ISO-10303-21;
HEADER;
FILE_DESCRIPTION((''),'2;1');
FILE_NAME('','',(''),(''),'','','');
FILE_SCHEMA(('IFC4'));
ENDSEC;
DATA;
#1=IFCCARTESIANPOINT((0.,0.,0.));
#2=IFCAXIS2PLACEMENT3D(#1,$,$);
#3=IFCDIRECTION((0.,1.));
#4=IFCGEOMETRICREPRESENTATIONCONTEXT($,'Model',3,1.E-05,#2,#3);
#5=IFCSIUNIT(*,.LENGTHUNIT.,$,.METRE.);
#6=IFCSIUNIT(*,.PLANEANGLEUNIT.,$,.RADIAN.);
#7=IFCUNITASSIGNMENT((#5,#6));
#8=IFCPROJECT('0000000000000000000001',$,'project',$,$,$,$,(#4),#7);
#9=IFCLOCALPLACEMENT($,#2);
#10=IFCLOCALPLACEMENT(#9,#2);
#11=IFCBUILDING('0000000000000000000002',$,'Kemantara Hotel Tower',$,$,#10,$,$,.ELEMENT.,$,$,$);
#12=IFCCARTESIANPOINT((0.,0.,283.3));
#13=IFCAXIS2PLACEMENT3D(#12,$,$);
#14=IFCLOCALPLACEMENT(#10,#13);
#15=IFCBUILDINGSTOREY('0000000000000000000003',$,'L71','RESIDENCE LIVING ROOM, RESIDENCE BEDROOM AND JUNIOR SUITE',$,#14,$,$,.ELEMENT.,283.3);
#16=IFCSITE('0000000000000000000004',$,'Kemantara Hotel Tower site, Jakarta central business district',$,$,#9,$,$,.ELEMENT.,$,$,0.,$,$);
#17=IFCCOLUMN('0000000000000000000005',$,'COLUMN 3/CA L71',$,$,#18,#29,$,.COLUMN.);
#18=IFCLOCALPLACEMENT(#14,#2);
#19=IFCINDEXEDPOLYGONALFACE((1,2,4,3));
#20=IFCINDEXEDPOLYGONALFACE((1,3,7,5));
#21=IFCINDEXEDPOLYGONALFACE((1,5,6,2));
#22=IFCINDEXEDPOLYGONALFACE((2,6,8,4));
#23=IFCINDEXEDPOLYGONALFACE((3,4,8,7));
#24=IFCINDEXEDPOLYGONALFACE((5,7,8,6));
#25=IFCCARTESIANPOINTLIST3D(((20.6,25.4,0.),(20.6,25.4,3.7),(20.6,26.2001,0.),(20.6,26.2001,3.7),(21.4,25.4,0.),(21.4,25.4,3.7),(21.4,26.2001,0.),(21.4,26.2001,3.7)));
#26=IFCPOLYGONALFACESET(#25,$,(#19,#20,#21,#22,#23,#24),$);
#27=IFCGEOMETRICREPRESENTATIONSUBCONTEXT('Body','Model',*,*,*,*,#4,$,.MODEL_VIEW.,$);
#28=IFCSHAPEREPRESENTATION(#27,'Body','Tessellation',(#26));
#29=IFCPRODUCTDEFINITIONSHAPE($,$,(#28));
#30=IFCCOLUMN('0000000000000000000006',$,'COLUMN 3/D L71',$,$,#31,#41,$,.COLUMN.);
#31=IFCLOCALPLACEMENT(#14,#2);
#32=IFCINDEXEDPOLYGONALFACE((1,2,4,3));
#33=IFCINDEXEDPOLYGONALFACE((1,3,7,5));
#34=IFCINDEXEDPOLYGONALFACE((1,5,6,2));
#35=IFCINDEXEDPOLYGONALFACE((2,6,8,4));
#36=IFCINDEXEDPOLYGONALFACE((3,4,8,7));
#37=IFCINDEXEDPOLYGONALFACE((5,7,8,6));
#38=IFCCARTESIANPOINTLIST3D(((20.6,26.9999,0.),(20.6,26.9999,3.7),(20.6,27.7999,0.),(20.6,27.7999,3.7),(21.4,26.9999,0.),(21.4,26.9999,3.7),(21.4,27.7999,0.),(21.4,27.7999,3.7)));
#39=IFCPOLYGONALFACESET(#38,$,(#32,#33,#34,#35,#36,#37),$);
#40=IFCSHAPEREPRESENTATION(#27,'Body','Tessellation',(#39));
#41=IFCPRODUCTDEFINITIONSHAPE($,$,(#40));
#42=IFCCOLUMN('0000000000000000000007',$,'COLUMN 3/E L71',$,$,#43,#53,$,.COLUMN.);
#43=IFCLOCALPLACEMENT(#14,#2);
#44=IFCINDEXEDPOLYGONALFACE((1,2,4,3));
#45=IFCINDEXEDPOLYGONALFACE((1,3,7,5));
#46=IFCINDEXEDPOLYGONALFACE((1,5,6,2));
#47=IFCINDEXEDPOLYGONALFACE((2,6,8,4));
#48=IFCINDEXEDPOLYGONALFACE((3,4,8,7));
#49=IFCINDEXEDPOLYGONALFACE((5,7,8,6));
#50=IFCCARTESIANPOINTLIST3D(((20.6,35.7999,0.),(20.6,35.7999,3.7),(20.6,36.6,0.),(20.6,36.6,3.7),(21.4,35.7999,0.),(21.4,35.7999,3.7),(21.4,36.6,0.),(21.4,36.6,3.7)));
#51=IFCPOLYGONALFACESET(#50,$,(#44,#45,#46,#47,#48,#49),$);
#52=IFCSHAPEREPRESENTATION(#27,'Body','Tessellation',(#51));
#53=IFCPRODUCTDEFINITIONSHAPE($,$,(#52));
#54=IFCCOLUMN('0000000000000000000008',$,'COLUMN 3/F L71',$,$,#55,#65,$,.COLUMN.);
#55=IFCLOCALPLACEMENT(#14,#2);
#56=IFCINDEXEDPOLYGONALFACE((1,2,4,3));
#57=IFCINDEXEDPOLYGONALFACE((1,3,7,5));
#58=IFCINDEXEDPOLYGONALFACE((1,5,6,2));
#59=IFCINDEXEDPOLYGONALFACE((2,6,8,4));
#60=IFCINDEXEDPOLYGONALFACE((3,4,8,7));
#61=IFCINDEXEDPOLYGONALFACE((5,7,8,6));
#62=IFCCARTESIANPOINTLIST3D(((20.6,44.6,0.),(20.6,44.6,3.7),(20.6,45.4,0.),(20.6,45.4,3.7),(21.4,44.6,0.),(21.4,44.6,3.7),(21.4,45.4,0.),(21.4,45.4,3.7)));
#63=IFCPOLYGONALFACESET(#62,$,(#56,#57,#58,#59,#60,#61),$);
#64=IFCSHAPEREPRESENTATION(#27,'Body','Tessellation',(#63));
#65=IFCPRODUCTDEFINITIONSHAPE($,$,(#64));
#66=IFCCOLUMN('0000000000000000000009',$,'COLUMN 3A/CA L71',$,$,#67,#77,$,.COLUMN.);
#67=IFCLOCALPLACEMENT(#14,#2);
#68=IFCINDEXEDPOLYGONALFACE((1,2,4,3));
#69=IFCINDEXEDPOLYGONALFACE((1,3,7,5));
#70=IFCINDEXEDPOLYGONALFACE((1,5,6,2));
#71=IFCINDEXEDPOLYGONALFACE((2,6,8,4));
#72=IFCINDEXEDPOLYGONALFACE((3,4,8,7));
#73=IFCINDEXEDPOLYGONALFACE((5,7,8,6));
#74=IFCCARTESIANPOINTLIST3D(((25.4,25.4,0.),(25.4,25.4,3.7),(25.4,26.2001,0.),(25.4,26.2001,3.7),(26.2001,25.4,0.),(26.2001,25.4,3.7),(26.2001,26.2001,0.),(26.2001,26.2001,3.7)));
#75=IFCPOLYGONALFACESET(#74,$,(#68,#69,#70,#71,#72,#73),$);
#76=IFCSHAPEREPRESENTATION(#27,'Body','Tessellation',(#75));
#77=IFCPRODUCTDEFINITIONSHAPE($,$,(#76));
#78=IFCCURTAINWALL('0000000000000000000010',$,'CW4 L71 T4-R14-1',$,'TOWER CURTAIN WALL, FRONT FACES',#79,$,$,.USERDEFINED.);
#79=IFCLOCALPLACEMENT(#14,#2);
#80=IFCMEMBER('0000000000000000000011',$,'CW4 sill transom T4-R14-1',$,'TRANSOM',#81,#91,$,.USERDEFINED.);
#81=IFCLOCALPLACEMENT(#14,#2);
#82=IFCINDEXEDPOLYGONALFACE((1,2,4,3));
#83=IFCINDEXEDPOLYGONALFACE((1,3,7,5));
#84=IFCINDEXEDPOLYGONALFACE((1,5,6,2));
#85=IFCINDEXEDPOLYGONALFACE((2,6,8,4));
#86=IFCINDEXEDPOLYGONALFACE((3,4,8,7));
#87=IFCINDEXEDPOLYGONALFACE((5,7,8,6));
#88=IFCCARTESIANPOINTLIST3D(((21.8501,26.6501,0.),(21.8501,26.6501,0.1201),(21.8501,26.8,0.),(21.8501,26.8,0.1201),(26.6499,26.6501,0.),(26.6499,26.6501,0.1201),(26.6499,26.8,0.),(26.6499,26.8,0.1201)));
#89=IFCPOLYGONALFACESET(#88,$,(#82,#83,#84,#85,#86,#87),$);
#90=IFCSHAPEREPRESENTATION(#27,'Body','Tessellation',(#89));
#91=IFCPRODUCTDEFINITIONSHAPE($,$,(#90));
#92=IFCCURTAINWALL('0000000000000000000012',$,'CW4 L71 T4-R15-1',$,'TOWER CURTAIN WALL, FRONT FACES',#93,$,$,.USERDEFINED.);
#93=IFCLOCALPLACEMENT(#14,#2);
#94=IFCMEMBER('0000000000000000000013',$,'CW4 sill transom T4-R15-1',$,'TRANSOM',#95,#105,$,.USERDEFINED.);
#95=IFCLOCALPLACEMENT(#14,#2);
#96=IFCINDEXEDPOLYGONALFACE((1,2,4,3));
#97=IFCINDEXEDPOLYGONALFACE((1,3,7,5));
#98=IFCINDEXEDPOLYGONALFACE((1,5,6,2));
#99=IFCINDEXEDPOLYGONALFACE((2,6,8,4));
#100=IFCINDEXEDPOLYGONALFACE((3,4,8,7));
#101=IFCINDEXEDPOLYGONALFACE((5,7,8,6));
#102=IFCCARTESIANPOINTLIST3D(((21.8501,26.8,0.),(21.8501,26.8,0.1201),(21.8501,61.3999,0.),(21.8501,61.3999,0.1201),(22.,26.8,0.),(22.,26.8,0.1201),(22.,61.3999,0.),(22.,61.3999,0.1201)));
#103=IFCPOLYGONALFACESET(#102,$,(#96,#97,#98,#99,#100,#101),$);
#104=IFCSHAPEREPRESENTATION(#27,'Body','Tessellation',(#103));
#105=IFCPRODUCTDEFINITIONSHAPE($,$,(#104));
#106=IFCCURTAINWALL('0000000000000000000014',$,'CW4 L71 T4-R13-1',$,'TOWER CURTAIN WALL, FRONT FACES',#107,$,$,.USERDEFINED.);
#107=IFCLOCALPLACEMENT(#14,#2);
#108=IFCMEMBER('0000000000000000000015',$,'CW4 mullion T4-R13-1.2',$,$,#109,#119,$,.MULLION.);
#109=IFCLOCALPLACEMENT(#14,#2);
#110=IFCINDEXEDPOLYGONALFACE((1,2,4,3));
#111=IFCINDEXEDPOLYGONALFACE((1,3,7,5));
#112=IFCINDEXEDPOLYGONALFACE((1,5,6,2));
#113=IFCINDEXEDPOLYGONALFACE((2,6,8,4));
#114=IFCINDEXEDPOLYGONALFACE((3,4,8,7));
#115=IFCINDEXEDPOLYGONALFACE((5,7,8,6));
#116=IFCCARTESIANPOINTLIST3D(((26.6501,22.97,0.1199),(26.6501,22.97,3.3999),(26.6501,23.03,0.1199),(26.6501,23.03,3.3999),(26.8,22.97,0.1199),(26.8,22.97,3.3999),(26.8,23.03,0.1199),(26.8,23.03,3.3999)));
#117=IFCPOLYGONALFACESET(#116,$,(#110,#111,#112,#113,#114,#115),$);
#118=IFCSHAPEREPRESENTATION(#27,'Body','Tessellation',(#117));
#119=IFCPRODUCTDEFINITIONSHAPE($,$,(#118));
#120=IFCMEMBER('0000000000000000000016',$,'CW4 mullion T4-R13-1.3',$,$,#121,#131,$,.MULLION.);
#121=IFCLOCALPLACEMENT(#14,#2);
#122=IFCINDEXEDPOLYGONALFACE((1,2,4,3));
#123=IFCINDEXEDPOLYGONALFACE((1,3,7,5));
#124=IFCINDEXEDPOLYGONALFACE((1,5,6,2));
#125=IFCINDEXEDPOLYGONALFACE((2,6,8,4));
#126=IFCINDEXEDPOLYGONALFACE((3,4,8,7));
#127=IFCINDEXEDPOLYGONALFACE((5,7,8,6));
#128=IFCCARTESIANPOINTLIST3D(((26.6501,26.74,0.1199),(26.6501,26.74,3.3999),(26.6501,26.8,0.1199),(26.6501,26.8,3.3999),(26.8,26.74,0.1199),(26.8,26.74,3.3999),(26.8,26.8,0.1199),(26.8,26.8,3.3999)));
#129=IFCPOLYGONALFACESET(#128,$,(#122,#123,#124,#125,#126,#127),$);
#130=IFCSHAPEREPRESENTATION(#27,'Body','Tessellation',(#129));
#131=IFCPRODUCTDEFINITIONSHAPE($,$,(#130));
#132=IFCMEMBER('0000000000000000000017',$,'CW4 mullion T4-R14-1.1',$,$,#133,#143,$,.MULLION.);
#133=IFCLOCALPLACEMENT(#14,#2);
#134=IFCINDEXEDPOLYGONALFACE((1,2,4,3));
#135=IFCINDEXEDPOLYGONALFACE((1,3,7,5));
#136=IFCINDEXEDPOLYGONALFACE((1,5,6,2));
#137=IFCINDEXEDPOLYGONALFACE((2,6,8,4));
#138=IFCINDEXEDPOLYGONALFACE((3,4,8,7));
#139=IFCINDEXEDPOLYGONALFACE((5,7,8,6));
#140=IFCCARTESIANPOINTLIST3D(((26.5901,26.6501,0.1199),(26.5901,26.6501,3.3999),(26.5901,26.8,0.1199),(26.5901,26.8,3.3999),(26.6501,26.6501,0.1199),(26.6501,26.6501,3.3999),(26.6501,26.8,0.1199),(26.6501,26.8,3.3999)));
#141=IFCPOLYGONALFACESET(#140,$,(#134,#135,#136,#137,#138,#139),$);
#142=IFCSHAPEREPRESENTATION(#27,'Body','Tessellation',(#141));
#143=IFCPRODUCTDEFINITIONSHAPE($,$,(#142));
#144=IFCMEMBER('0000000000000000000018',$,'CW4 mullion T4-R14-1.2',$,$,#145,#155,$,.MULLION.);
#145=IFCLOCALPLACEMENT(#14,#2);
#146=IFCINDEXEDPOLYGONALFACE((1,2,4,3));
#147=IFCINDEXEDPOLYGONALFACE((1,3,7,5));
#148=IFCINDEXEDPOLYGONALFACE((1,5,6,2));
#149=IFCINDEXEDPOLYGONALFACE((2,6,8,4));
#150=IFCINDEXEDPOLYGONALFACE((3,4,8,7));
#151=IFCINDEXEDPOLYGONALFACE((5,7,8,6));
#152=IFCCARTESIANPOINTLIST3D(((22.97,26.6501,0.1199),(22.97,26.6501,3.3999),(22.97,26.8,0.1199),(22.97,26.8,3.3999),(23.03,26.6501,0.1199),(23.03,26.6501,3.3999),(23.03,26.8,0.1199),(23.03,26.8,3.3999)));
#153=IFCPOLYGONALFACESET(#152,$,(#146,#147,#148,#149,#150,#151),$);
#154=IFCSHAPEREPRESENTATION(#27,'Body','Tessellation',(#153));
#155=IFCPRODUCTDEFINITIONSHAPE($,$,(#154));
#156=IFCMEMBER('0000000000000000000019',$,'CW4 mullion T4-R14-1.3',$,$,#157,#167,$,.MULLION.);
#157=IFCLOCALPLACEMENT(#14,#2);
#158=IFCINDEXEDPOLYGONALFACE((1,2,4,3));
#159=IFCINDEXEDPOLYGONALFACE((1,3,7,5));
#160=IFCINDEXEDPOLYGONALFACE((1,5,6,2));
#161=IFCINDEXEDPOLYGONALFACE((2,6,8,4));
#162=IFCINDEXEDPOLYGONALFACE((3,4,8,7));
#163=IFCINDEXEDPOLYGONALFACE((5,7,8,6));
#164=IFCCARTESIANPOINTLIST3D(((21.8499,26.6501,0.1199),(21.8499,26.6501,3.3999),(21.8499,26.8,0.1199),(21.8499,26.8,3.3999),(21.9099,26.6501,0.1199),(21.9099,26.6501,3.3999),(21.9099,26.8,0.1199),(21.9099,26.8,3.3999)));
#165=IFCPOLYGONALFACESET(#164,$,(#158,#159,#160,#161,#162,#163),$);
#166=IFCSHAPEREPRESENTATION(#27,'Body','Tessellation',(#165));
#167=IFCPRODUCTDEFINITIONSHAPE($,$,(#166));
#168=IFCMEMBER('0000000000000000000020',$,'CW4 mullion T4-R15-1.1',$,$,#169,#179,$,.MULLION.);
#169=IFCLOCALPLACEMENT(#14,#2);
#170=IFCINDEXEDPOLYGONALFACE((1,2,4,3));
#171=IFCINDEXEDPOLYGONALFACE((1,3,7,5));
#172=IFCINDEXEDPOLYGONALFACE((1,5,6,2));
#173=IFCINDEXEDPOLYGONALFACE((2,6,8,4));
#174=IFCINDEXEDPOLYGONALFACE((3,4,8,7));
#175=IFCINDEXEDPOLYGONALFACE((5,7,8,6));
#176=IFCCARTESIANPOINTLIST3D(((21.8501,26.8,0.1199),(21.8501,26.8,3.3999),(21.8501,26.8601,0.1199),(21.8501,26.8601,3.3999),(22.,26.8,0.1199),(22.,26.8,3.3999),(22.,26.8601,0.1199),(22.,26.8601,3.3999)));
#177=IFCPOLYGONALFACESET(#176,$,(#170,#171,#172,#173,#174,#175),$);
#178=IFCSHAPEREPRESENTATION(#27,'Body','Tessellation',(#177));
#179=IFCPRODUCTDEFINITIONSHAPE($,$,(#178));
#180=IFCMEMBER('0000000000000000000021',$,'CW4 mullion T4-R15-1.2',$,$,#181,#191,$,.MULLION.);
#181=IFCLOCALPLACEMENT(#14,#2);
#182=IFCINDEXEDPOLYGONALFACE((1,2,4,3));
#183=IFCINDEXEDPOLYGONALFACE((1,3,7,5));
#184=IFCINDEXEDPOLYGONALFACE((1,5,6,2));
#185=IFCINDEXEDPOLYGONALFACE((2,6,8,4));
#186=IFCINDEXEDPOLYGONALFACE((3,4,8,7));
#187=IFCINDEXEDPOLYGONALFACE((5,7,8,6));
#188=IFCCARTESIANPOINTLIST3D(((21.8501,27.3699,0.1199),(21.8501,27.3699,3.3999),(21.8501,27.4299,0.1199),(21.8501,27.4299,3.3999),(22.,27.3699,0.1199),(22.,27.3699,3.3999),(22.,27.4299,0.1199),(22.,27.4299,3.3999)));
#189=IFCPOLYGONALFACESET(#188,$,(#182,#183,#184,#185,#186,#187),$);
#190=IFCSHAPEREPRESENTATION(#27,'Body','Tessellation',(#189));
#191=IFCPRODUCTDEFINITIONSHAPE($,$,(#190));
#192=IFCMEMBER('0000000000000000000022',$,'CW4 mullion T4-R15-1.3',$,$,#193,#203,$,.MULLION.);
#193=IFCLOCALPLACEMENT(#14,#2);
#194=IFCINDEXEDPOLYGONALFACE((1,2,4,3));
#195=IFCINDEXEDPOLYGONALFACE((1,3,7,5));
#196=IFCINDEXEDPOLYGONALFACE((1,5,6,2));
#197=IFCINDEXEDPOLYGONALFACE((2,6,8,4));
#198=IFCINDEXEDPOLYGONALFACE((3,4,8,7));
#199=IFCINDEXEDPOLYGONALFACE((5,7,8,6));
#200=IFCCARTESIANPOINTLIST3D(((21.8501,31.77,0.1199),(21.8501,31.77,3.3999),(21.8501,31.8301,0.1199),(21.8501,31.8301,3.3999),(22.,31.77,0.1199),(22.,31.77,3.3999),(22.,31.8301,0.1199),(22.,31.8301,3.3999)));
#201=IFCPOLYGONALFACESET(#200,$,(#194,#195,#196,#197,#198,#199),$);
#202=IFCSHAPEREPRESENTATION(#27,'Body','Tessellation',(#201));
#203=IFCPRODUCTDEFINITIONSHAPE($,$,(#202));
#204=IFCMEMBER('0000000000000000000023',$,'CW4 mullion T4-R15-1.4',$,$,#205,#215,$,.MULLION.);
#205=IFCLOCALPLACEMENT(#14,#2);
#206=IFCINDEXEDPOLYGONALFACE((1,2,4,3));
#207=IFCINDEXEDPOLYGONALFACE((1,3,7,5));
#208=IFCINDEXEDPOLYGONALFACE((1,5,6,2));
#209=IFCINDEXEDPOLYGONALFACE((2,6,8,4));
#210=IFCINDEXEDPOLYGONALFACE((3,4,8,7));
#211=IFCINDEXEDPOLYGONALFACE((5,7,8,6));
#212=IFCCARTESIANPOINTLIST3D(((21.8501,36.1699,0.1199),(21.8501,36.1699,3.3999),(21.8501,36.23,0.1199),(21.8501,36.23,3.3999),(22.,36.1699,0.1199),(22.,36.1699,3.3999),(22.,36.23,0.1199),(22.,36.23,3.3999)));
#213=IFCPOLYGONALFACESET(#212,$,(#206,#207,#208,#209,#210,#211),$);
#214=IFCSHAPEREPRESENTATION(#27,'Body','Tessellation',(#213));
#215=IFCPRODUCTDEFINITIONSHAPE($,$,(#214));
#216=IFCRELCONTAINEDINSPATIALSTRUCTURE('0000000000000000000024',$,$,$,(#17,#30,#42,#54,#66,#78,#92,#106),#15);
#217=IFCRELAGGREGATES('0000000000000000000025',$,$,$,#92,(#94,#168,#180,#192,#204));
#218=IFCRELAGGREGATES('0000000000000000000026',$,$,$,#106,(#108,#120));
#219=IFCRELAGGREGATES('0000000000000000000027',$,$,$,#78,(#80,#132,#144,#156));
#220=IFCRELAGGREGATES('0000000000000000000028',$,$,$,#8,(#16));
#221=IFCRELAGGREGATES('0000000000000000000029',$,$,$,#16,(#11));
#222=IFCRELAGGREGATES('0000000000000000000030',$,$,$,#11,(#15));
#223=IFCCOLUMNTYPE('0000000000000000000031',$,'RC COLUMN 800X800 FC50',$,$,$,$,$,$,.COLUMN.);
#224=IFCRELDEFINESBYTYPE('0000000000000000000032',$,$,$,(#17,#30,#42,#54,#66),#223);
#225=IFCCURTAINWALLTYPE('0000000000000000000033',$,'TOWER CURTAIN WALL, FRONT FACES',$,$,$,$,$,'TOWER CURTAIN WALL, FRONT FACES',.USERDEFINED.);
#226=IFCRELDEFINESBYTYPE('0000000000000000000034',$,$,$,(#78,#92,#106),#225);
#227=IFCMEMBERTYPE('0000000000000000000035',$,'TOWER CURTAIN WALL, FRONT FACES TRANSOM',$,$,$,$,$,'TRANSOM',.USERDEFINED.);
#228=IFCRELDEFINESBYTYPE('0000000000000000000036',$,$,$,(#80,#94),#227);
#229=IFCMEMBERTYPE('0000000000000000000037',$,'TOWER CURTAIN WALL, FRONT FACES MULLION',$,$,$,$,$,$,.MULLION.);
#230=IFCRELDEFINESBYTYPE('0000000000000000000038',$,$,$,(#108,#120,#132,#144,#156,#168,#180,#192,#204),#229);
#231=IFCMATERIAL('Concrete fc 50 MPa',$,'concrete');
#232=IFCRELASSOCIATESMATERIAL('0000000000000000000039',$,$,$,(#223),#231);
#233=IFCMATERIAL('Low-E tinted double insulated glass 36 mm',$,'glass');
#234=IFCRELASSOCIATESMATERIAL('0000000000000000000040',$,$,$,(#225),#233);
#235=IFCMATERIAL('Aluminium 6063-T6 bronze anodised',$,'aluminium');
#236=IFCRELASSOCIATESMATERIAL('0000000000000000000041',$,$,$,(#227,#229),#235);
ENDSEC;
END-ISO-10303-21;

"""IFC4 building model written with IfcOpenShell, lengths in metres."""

from ifc_helpers import new_model, si_unit, direction, frame, origin, origin_2d, place, context, subcontext, project, spatial, rectangle, extrude, source, transform, mapped, material, material_profile, profile_set, type_object, element, aggregate, save


model = new_model("IFC4")

# Units and contexts
model_context = context("Model", 3, precision=1e-05, world=origin(), true_north=direction((0.0, 1.0)))
body_context = subcontext(model_context, "Body", "Model", "MODEL_VIEW")
ifc_project = project(units=[si_unit("LENGTHUNIT", "METRE"), si_unit("PLANEANGLEUNIT", "RADIAN")], contexts=[model_context])

# Site, building, storey
site_placement = place(None, origin())
site = spatial("IfcSite", under=ifc_project, at=site_placement, Name="Kemantara Hotel Tower site, Jakarta central business district", CompositionType="ELEMENT", RefElevation=0.0)
building_placement = place(site_placement, origin())
building = spatial("IfcBuilding", under=site, at=building_placement, Name="Kemantara Hotel Tower", CompositionType="ELEMENT")
storey_placement = place(building_placement, frame((0.0, 0.0, 283.3)))
storey = spatial("IfcBuildingStorey", under=building, at=storey_placement, Name="L71", Description="RESIDENCE LIVING ROOM, RESIDENCE BEDROOM AND JUNIOR SUITE", CompositionType="ELEMENT", Elevation=283.3)

# Columns
ifc_material_1 = material(Name="Concrete fc 50 MPa", Category="concrete")
ifc_material_profile_1 = material_profile(ifc_material_1, rectangle(XDim=0.8, YDim=0.8, at=origin_2d()), Name="RC 800X800")
ifc_profile_set_1 = profile_set([ifc_material_profile_1], Name="Concrete fc 50 MPa")
column_type = type_object("IfcColumnType", Name="RC COLUMN 800X800 FC50", PredefinedType="COLUMN", material=ifc_profile_set_1)
for number, where, z_axis, x_axis, name in (
    (1, (21.0, 25.8, 0.0), (0.0, 0.0, 1.0), (1.0, 0.0, 0.0), "COLUMN 3/CA L71"),
    (2, (21.0, 27.3999, 0.0), (0.0, 0.0, 1.0), (1.0, 0.0, 0.0), "COLUMN 3/D L71"),
    (3, (21.0, 36.2, 0.0), (0.0, 0.0, 1.0), (1.0, 0.0, 0.0), "COLUMN 3/E L71"),
    (4, (21.0, 45.0, 0.0), (0.0, 0.0, 1.0), (1.0, 0.0, 0.0), "COLUMN 3/F L71"),
    (5, (25.8, 25.8, 0.0), (0.0, 0.0, 1.0), (1.0, 0.0, 0.0), "COLUMN 3A/CA L71"),
):
    element("IfcColumn", number, at=place(storey_placement, frame(where, z_axis=z_axis, x_axis=x_axis)), inside=storey, type_object=column_type, Name=name, PredefinedType="COLUMN", context=body_context, shape_type="SweptSolid", body=[
        extrude(rectangle(XDim=0.8, YDim=0.8, at=origin_2d()), origin(), (0.0, 0.0, 1.0), 3.7),
    ])

# Curtain walls, members
ifc_material_2 = material(Name="Low-E tinted double insulated glass 36 mm", Category="glass")
curtain_wall_type = type_object("IfcCurtainWallType", Name="TOWER CURTAIN WALL, FRONT FACES", ElementType="TOWER CURTAIN WALL, FRONT FACES", PredefinedType="USERDEFINED", material=ifc_material_2)
curtain_wall_1_placement = place(storey_placement, origin())
curtain_wall_1 = element("IfcCurtainWall", 6, at=curtain_wall_1_placement, inside=storey, type_object=curtain_wall_type, Name="CW4 L71 T4-R14-1", ObjectType="TOWER CURTAIN WALL, FRONT FACES", PredefinedType="USERDEFINED")
ifc_material_3 = material(Name="Aluminium 6063-T6 bronze anodised", Category="aluminium")
ifc_material_profile_2 = material_profile(ifc_material_3, rectangle(XDim=0.1499, YDim=0.1201, at=origin_2d()), Name="TOWER CURTAIN WALL, FRONT FACES TRANSOM")
ifc_profile_set_2 = profile_set([ifc_material_profile_2], Name="Aluminium 6063-T6 bronze anodised")
member_type_1 = type_object("IfcMemberType", Name="TOWER CURTAIN WALL, FRONT FACES TRANSOM", ElementType="TRANSOM", PredefinedType="USERDEFINED", material=ifc_profile_set_2)
member_1_placement = place(storey_placement, frame((26.6499, 26.7251, 0.0601), z_axis=(-1.0, 0.0, 0.0), x_axis=(0.0, -1.0, 0.0)))
member_1 = element("IfcMember", 7, at=member_1_placement, type_object=member_type_1, Name="CW4 sill transom T4-R14-1", ObjectType="TRANSOM", PredefinedType="USERDEFINED", context=body_context, shape_type="SweptSolid", body=[
    extrude(rectangle(XDim=0.1499, YDim=0.1201, at=origin_2d()), origin(), (0.0, 0.0, 1.0), 4.7998),
])
curtain_wall_2_placement = place(storey_placement, origin())
curtain_wall_2 = element("IfcCurtainWall", 8, at=curtain_wall_2_placement, inside=storey, type_object=curtain_wall_type, Name="CW4 L71 T4-R15-1", ObjectType="TOWER CURTAIN WALL, FRONT FACES", PredefinedType="USERDEFINED")
member_2_placement = place(storey_placement, frame((21.925, 26.8, 0.0601), z_axis=(0.0, 1.0, 0.0), x_axis=(-1.0, 0.0, 0.0)))
member_2 = element("IfcMember", 9, at=member_2_placement, type_object=member_type_1, Name="CW4 sill transom T4-R15-1", ObjectType="TRANSOM", PredefinedType="USERDEFINED", context=body_context, shape_type="SweptSolid", body=[
    extrude(rectangle(XDim=0.1499, YDim=0.1201, at=origin_2d()), origin(), (0.0, 0.0, 1.0), 34.5999),
])

# Curtain wall, members
curtain_wall_3_placement = place(storey_placement, origin())
curtain_wall_3 = element("IfcCurtainWall", 10, at=curtain_wall_3_placement, inside=storey, type_object=curtain_wall_type, Name="CW4 L71 T4-R13-1", ObjectType="TOWER CURTAIN WALL, FRONT FACES", PredefinedType="USERDEFINED")
ifc_material_profile_3 = material_profile(ifc_material_3, rectangle(XDim=0.1499, YDim=0.0601, at=origin_2d()), Name="TOWER CURTAIN WALL, FRONT FACES MULLION")
ifc_profile_set_3 = profile_set([ifc_material_profile_3], Name="Aluminium 6063-T6 bronze anodised")
member_type_2 = type_object("IfcMemberType", Name="TOWER CURTAIN WALL, FRONT FACES MULLION", PredefinedType="MULLION", material=ifc_profile_set_3)
shared_shape_1 = source(origin(), body_context, "Body", "SweptSolid", [
    extrude(rectangle(XDim=0.1499, YDim=0.0601, at=origin_2d()), origin(), (0.0, 0.0, 1.0), 3.28),
])
member_3_placement = place(storey_placement, frame((26.7251, 23.0, 0.1199), z_axis=(0.0, 0.0, 1.0), x_axis=(-1.0, 0.0, 0.0)))
member_3 = element("IfcMember", 11, at=member_3_placement, type_object=member_type_2, Name="CW4 mullion T4-R13-1.2", PredefinedType="MULLION", context=body_context, shape_type="MappedRepresentation", body=[
    mapped(shared_shape_1, transform((0.0, 0.0, 0.0))),
])
member_4_placement = place(storey_placement, frame((26.7251, 26.77, 0.1199), z_axis=(0.0, 0.0, 1.0), x_axis=(-1.0, 0.0, 0.0)))
member_4 = element("IfcMember", 12, at=member_4_placement, type_object=member_type_2, Name="CW4 mullion T4-R13-1.3", PredefinedType="MULLION", context=body_context, shape_type="MappedRepresentation", body=[
    mapped(shared_shape_1, transform((0.0, 0.0, 0.0))),
])

# Members
member_5_placement = place(storey_placement, frame((26.6201, 26.7251, 0.1199), z_axis=(0.0, 0.0, 1.0), x_axis=(0.0, -1.0, 0.0)))
member_5 = element("IfcMember", 13, at=member_5_placement, type_object=member_type_2, Name="CW4 mullion T4-R14-1.1", PredefinedType="MULLION", context=body_context, shape_type="MappedRepresentation", body=[
    mapped(shared_shape_1, transform((0.0, 0.0, 0.0))),
])
member_6_placement = place(storey_placement, frame((23.0, 26.7251, 0.1199), z_axis=(0.0, 0.0, 1.0), x_axis=(0.0, -1.0, 0.0)))
member_6 = element("IfcMember", 14, at=member_6_placement, type_object=member_type_2, Name="CW4 mullion T4-R14-1.2", PredefinedType="MULLION", context=body_context, shape_type="MappedRepresentation", body=[
    mapped(shared_shape_1, transform((0.0, 0.0, 0.0))),
])
member_7_placement = place(storey_placement, frame((21.8799, 26.7251, 0.1199), z_axis=(0.0, 0.0, 1.0), x_axis=(0.0, -1.0, 0.0)))
member_7 = element("IfcMember", 15, at=member_7_placement, type_object=member_type_2, Name="CW4 mullion T4-R14-1.3", PredefinedType="MULLION", context=body_context, shape_type="MappedRepresentation", body=[
    mapped(shared_shape_1, transform((0.0, 0.0, 0.0))),
])
member_8_placement = place(storey_placement, frame((21.925, 26.8301, 0.1199), z_axis=(0.0, 0.0, 1.0), x_axis=(-1.0, 0.0, 0.0)))
member_8 = element("IfcMember", 16, at=member_8_placement, type_object=member_type_2, Name="CW4 mullion T4-R15-1.1", PredefinedType="MULLION", context=body_context, shape_type="MappedRepresentation", body=[
    mapped(shared_shape_1, transform((0.0, 0.0, 0.0))),
])
member_9_placement = place(storey_placement, frame((21.925, 27.3999, 0.1199), z_axis=(0.0, 0.0, 1.0), x_axis=(-1.0, 0.0, 0.0)))
member_9 = element("IfcMember", 17, at=member_9_placement, type_object=member_type_2, Name="CW4 mullion T4-R15-1.2", PredefinedType="MULLION", context=body_context, shape_type="MappedRepresentation", body=[
    mapped(shared_shape_1, transform((0.0, 0.0, 0.0))),
])
member_10_placement = place(storey_placement, frame((21.925, 31.8, 0.1199), z_axis=(0.0, 0.0, 1.0), x_axis=(-1.0, 0.0, 0.0)))
member_10 = element("IfcMember", 18, at=member_10_placement, type_object=member_type_2, Name="CW4 mullion T4-R15-1.3", PredefinedType="MULLION", context=body_context, shape_type="MappedRepresentation", body=[
    mapped(shared_shape_1, transform((0.0, 0.0, 0.0))),
])
member_11_placement = place(storey_placement, frame((21.925, 36.2, 0.1199), z_axis=(0.0, 0.0, 1.0), x_axis=(-1.0, 0.0, 0.0)))
member_11 = element("IfcMember", 19, at=member_11_placement, type_object=member_type_2, Name="CW4 mullion T4-R15-1.4", PredefinedType="MULLION", context=body_context, shape_type="MappedRepresentation", body=[
    mapped(shared_shape_1, transform((0.0, 0.0, 0.0))),
])

aggregate(curtain_wall_2, [member_2, member_8, member_9, member_10, member_11])
aggregate(curtain_wall_3, [member_3, member_4])
aggregate(curtain_wall_1, [member_1, member_5, member_6, member_7])

save(model, "model.ifc")
